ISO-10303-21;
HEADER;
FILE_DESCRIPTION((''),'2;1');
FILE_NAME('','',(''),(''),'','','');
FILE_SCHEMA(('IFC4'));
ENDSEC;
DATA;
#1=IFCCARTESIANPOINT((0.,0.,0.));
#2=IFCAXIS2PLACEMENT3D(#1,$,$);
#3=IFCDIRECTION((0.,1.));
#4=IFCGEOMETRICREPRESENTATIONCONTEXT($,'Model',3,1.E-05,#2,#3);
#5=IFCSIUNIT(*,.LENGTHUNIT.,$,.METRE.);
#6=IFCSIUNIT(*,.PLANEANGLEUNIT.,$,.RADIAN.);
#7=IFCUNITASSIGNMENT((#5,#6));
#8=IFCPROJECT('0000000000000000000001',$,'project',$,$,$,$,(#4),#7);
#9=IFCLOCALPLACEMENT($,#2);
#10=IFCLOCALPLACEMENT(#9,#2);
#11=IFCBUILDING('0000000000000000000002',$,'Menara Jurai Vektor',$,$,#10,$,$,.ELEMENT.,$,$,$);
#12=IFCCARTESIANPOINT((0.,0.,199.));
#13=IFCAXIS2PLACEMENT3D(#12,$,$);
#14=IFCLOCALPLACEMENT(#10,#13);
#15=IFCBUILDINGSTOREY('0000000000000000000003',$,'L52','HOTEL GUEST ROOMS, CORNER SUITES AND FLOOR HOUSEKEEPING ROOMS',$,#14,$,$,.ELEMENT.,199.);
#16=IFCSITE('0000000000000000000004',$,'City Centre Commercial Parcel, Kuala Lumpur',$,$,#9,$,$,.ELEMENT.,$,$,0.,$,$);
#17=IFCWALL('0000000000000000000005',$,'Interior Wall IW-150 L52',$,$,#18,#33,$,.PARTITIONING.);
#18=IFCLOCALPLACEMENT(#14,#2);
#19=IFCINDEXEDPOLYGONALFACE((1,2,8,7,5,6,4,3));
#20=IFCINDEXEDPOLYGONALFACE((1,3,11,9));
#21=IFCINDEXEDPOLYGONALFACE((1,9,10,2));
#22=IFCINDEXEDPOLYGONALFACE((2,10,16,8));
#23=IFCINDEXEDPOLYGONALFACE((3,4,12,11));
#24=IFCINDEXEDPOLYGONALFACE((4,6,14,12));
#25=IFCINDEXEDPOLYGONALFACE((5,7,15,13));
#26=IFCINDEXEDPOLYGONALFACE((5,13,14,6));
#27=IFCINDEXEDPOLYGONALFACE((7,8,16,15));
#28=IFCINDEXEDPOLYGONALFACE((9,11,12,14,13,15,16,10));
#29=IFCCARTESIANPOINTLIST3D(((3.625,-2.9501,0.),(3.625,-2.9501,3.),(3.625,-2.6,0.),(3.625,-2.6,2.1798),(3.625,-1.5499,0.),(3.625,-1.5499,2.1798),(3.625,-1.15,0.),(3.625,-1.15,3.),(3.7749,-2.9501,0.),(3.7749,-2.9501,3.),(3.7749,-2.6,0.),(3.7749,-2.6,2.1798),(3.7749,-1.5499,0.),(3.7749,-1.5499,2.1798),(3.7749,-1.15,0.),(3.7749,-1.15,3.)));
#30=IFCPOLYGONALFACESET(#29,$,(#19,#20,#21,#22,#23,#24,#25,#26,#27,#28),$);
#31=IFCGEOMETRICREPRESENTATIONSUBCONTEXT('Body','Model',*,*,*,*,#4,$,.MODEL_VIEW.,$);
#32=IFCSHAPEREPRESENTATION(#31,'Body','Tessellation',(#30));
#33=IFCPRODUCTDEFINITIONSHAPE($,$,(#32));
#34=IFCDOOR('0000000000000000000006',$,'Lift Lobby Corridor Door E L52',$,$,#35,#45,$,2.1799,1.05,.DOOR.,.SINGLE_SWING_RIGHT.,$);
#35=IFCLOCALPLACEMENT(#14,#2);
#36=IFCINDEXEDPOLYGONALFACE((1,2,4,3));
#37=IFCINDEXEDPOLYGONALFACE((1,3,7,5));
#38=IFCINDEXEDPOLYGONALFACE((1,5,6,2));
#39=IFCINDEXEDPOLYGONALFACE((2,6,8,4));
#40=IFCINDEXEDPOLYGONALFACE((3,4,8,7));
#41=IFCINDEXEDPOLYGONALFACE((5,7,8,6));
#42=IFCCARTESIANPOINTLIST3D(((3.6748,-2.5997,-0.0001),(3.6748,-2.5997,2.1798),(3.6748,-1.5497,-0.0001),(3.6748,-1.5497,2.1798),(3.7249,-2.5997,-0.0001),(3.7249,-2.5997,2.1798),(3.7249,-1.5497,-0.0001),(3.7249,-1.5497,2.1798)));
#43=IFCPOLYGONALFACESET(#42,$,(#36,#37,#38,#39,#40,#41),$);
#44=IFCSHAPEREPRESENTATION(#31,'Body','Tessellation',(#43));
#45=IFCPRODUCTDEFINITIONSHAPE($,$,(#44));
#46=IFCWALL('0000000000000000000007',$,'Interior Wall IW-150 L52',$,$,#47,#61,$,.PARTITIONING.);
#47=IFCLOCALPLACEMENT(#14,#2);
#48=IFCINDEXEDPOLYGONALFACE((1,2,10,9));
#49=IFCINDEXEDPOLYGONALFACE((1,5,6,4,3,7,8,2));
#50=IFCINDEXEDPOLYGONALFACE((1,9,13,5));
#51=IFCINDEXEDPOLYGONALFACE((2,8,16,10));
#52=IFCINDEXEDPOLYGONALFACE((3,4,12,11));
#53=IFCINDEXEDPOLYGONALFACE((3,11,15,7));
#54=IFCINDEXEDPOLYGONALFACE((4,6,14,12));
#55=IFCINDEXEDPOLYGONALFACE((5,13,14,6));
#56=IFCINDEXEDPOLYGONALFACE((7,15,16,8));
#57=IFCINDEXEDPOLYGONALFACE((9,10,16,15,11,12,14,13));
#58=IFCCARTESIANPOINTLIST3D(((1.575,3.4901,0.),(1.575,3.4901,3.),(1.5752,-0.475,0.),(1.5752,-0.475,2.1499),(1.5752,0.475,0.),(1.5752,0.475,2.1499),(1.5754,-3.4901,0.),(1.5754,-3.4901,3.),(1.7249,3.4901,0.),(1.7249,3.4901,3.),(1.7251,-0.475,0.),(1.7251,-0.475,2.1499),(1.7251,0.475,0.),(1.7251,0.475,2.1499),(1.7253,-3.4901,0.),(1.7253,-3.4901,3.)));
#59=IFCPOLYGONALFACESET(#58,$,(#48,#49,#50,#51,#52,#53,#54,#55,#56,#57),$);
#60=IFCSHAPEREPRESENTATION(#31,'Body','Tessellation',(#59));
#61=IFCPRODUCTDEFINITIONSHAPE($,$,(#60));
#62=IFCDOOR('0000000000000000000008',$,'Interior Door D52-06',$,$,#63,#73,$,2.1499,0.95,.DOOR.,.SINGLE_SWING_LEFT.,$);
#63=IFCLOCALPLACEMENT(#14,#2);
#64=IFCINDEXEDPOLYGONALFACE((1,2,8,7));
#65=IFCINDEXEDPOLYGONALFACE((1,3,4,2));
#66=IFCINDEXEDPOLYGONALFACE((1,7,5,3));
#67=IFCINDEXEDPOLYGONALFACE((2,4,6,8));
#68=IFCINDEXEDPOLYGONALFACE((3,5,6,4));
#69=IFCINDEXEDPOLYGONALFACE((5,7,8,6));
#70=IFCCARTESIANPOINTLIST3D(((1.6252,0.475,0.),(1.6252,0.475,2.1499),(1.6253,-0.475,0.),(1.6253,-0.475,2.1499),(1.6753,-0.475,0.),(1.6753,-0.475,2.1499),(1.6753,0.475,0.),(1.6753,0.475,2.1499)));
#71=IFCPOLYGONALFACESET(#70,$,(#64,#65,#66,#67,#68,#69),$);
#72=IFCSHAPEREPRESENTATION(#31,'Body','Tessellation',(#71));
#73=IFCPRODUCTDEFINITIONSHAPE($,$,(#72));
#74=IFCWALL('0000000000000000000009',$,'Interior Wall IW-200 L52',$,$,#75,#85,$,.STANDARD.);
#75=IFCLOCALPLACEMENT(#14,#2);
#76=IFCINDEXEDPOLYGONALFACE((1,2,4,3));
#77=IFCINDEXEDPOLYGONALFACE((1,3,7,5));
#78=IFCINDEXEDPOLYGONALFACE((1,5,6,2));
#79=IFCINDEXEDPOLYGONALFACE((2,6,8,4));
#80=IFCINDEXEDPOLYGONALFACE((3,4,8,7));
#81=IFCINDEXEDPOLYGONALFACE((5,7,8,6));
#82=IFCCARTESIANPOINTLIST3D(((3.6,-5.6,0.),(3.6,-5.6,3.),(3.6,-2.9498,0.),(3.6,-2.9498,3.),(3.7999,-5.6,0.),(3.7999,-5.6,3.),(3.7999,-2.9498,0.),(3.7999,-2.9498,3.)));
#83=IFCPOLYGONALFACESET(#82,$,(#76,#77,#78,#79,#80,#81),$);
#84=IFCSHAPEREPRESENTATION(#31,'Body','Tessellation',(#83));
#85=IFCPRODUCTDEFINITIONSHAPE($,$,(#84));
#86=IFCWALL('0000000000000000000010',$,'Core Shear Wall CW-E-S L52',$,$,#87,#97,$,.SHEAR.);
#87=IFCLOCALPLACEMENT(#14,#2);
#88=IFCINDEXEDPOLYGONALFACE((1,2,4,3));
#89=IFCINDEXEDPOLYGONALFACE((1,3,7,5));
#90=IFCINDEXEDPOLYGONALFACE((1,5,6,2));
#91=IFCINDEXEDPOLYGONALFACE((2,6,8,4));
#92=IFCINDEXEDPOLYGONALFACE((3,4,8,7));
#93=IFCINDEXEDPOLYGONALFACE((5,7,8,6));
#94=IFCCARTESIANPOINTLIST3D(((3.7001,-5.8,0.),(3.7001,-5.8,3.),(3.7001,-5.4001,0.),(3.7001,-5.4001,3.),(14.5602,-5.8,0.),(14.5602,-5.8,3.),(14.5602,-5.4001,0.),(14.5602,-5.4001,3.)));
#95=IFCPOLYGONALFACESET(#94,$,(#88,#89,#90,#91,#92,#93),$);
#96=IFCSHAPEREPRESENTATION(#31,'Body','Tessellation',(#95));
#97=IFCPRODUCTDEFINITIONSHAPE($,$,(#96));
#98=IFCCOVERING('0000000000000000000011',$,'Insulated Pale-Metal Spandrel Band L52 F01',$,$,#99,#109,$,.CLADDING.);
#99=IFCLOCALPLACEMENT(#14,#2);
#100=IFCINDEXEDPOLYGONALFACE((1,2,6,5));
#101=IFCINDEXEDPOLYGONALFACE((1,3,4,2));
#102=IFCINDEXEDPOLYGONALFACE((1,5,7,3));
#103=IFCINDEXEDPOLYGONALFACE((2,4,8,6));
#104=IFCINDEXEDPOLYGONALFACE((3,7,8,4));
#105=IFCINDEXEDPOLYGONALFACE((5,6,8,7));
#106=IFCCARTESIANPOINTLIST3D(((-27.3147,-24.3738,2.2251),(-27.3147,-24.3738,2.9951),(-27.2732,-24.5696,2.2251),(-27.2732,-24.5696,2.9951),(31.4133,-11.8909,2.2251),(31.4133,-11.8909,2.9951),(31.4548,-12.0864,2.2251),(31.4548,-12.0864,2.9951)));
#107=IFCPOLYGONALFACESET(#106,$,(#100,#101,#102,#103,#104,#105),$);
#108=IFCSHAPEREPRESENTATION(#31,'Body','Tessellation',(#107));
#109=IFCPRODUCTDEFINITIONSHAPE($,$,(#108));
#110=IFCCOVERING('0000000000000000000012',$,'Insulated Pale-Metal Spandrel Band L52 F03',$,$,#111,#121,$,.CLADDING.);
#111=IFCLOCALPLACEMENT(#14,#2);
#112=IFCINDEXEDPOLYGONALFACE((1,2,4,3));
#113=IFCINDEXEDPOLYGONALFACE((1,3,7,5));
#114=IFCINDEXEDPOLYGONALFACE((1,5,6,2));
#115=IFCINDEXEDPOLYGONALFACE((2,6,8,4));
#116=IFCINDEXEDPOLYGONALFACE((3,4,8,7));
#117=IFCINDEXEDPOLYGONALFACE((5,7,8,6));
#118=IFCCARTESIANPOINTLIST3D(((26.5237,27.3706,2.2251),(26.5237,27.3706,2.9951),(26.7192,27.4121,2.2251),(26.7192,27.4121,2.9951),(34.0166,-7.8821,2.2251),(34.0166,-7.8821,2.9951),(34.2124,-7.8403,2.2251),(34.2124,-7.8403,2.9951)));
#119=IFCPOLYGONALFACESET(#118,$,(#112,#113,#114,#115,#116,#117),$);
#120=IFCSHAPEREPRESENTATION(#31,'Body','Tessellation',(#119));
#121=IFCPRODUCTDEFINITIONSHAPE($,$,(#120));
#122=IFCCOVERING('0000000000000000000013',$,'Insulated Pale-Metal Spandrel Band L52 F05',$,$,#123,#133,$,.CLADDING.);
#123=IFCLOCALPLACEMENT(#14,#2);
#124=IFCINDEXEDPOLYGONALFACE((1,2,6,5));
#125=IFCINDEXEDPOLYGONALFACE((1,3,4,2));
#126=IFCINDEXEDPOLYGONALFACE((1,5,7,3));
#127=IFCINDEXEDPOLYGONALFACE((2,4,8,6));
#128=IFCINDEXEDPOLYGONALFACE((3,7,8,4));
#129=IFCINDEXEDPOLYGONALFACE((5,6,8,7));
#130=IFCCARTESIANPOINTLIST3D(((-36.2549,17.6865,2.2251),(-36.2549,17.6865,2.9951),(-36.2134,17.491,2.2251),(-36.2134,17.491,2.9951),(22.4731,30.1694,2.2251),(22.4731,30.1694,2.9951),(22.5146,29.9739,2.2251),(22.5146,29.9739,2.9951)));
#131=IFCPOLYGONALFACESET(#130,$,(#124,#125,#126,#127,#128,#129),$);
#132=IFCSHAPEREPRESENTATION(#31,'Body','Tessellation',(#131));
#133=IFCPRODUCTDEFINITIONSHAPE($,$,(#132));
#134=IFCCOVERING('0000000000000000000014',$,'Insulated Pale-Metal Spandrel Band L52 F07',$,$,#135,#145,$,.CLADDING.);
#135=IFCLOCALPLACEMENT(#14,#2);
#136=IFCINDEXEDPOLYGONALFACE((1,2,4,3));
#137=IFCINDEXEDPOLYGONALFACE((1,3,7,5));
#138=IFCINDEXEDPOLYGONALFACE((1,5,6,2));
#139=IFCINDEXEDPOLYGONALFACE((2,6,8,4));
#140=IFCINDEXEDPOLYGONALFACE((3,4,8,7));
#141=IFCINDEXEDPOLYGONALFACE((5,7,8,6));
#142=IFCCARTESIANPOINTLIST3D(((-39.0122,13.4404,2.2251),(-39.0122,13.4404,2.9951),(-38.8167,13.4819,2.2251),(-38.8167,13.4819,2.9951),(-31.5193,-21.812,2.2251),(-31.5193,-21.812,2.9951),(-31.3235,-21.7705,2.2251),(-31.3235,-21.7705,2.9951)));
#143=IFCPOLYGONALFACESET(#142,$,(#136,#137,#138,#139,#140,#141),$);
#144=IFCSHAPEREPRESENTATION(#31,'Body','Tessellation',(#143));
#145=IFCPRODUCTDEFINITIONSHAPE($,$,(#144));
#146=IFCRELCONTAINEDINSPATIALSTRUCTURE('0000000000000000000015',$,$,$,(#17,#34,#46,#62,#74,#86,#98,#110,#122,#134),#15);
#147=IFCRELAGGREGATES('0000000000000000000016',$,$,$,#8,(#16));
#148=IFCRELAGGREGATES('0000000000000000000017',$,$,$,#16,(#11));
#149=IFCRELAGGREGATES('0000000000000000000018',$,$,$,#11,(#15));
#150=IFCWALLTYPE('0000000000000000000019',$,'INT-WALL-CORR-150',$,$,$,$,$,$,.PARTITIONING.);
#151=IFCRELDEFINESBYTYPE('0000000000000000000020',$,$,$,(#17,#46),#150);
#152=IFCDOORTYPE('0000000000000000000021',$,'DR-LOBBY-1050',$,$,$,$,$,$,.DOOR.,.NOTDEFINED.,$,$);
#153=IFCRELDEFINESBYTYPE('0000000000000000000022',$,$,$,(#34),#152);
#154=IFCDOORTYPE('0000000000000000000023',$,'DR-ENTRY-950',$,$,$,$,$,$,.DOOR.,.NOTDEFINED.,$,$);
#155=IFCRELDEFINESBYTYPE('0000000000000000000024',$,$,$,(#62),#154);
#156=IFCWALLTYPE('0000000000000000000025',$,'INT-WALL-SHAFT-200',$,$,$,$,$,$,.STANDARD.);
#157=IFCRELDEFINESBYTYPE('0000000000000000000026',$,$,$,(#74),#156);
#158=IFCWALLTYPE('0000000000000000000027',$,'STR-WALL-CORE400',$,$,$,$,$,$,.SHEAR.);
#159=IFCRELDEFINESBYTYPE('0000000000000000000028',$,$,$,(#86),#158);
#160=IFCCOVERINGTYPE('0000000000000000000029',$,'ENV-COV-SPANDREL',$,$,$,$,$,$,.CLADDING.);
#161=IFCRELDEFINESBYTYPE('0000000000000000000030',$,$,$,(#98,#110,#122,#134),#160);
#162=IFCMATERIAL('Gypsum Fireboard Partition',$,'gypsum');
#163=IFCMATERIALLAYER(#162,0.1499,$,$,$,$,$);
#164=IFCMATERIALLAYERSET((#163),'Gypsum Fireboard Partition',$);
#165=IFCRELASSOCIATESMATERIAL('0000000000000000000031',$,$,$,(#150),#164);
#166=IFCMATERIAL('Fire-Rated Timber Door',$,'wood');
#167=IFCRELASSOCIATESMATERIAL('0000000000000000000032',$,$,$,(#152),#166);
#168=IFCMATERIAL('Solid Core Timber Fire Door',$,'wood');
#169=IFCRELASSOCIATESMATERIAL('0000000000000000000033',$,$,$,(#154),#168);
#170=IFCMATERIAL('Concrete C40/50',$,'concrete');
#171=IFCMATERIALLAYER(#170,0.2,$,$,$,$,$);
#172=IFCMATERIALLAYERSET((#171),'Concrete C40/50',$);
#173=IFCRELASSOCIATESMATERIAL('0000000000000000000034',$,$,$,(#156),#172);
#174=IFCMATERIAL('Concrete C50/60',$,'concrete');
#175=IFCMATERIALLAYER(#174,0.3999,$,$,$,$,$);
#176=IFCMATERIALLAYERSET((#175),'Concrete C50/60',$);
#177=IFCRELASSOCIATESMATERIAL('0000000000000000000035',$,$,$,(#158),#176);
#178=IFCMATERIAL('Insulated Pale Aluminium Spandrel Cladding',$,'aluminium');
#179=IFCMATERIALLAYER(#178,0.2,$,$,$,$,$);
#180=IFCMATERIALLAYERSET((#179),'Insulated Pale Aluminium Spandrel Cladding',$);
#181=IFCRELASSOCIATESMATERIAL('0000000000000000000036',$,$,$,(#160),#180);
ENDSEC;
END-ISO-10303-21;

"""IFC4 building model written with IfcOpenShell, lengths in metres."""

from ifc_helpers import new_model, si_unit, direction, frame, frame_2d, origin, place, context, subcontext, project, spatial, polyline, rectangle, outline, extrude, material, layer, layer_set, type_object, element, fill, save


model = new_model("IFC4")

# Units and contexts
model_context = context("Model", 3, precision=1e-05, world=origin(), true_north=direction((0.0, 1.0)))
body_context = subcontext(model_context, "Body", "Model", "MODEL_VIEW")
ifc_project = project(units=[si_unit("LENGTHUNIT", "METRE"), si_unit("PLANEANGLEUNIT", "RADIAN")], contexts=[model_context])

# Site, building, storey
site_placement = place(None, origin())
site = spatial("IfcSite", under=ifc_project, at=site_placement, Name="City Centre Commercial Parcel, Kuala Lumpur", CompositionType="ELEMENT", RefElevation=0.0)
building_placement = place(site_placement, origin())
building = spatial("IfcBuilding", under=site, at=building_placement, Name="Menara Jurai Vektor", CompositionType="ELEMENT")
storey_placement = place(building_placement, frame((0.0, 0.0, 199.0)))
storey = spatial("IfcBuildingStorey", under=building, at=storey_placement, Name="L52", Description="HOTEL GUEST ROOMS, CORNER SUITES AND FLOOR HOUSEKEEPING ROOMS", CompositionType="ELEMENT", Elevation=199.0)

# Shared definitions
ifc_material_1 = material(Name="Concrete C50/60", Category="concrete")

# Shared definitions
ifc_material_2 = material(Name="Concrete C40/50", Category="concrete")

# Walls, openings, doors
ifc_material_3 = material(Name="Gypsum Fireboard Partition", Category="gypsum")
ifc_layer_1 = layer(ifc_material_3, 0.1499)
ifc_layer_set_1 = layer_set([ifc_layer_1], Name="Gypsum Fireboard Partition")
wall_type_1 = type_object("IfcWallType", Name="INT-WALL-CORR-150", PredefinedType="PARTITIONING", material=ifc_layer_set_1)
wall_1_placement = place(storey_placement, frame((3.7, -2.95, 0.0), z_axis=(0.0, 0.0, 1.0), x_axis=(0.0, 1.0, 0.0)))
wall_1 = element("IfcWall", 1, at=wall_1_placement, inside=storey, type_object=wall_type_1, Name="Interior Wall IW-150 L52", PredefinedType="PARTITIONING", context=body_context, shape_type="SweptSolid", body=[
    extrude(rectangle(XDim=1.8, YDim=0.1499, at=frame_2d((0.8999, 0.0))), origin(), (0.0, 0.0, 1.0), 3.0),
])
opening_1_placement = place(wall_1_placement, frame((0.3501, 0.0, 0.0)))
opening_1 = element("IfcOpeningElement", 2, at=opening_1_placement, cuts=wall_1, PredefinedType="OPENING", context=body_context, shape_type="SweptSolid", body=[
    extrude(rectangle(XDim=1.05, YDim=2.1799, at=frame_2d((0.5249, 1.0898))), frame((0.0, 0.085, 0.0), z_axis=(0.0, -1.0, 0.0), x_axis=(1.0, 0.0, 0.0)), (0.0, 0.0, 1.0), 0.1699),
])
ifc_material_4 = material(Name="Fire-Rated Timber Door", Category="wood")
door_type_1 = type_object("IfcDoorType", Name="DR-LOBBY-1050", OperationType="NOTDEFINED", PredefinedType="DOOR", material=ifc_material_4)
door_1_placement = place(opening_1_placement, frame((1.05, 0.0, 0.0), z_axis=(0.0, 0.0, 1.0), x_axis=(-1.0, 0.0, 0.0)))
door_1 = element("IfcDoor", 3, at=door_1_placement, inside=storey, type_object=door_type_1, Name="Lift Lobby Corridor Door E L52", OperationType="SINGLE_SWING_RIGHT", OverallHeight=2.1799, OverallWidth=1.05, PredefinedType="DOOR", context=body_context, shape_type="SweptSolid", body=[
    extrude(rectangle(XDim=1.05, YDim=2.1799, at=frame_2d((0.5249, 1.0898))), frame((0.0, 0.0249, 0.0), z_axis=(0.0, -1.0, 0.0), x_axis=(1.0, 0.0, 0.0)), (0.0, 0.0, 1.0), 0.05),
])
fill(opening_1, door_1)
wall_2_placement = place(storey_placement, frame((1.6504, -3.4902, 0.0), z_axis=(0.0, 0.0, 1.0), x_axis=(-0.00007, 1.0, 0.0)))
wall_2 = element("IfcWall", 4, at=wall_2_placement, inside=storey, type_object=wall_type_1, Name="Interior Wall IW-150 L52", PredefinedType="PARTITIONING", context=body_context, shape_type="SweptSolid", body=[
    extrude(rectangle(XDim=6.9802, YDim=0.1499, at=frame_2d((3.4902, 0.0))), origin(), (0.0, 0.0, 1.0), 3.0),
])
opening_2_placement = place(wall_2_placement, frame((3.0151, 0.0, 0.0)))
opening_2 = element("IfcOpeningElement", 5, at=opening_2_placement, cuts=wall_2, PredefinedType="OPENING", context=body_context, shape_type="SweptSolid", body=[
    extrude(rectangle(XDim=0.95, YDim=2.1499, at=frame_2d((0.4751, 1.075))), frame((0.0, 0.085, 0.0), z_axis=(0.0, -1.0, 0.0), x_axis=(1.0, 0.0, 0.0)), (0.0, 0.0, 1.0), 0.1699),
])
ifc_material_5 = material(Name="Solid Core Timber Fire Door", Category="wood")
door_type_2 = type_object("IfcDoorType", Name="DR-ENTRY-950", OperationType="NOTDEFINED", PredefinedType="DOOR", material=ifc_material_5)
door_2_placement = place(opening_2_placement, origin())
door_2 = element("IfcDoor", 6, at=door_2_placement, inside=storey, type_object=door_type_2, Name="Interior Door D52-06", OperationType="SINGLE_SWING_LEFT", OverallHeight=2.1499, OverallWidth=0.95, PredefinedType="DOOR", context=body_context, shape_type="SweptSolid", body=[
    extrude(rectangle(XDim=0.95, YDim=2.1499, at=frame_2d((0.4751, 1.075))), frame((0.0, 0.0249, 0.0), z_axis=(0.0, -1.0, 0.0), x_axis=(1.0, 0.0, 0.0)), (0.0, 0.0, 1.0), 0.05),
])
fill(opening_2, door_2)

# Wall
ifc_layer_2 = layer(ifc_material_2, 0.2)
ifc_layer_set_2 = layer_set([ifc_layer_2], Name="Concrete C40/50")
wall_type_2 = type_object("IfcWallType", Name="INT-WALL-SHAFT-200", PredefinedType="STANDARD", material=ifc_layer_set_2)
wall_3_placement = place(storey_placement, frame((3.7, -5.6001, 0.0), z_axis=(0.0, 0.0, 1.0), x_axis=(0.0, 1.0, 0.0)))
element("IfcWall", 7, at=wall_3_placement, inside=storey, type_object=wall_type_2, Name="Interior Wall IW-200 L52", PredefinedType="STANDARD", context=body_context, shape_type="SweptSolid", body=[
    extrude(rectangle(XDim=2.6501, YDim=0.2, at=frame_2d((1.3252, 0.0))), origin(), (0.0, 0.0, 1.0), 3.0),
])

# Wall
ifc_layer_3 = layer(ifc_material_1, 0.3999)
ifc_layer_set_3 = layer_set([ifc_layer_3], Name="Concrete C50/60")
wall_type_3 = type_object("IfcWallType", Name="STR-WALL-CORE400", PredefinedType="SHEAR", material=ifc_layer_set_3)
wall_4_placement = place(storey_placement, frame((3.7, -5.6001, 0.0), z_axis=(0.0, 0.0, 1.0), x_axis=(1.0, 0.0, 0.0)))
element("IfcWall", 8, at=wall_4_placement, inside=storey, type_object=wall_type_3, Name="Core Shear Wall CW-E-S L52", PredefinedType="SHEAR", context=body_context, shape_type="SweptSolid", body=[
    extrude(rectangle(XDim=10.8601, YDim=0.3999, at=frame_2d((5.4302, 0.0))), origin(), (0.0, 0.0, 1.0), 3.0),
])

# Coverings
ifc_material_6 = material(Name="Insulated Pale Aluminium Spandrel Cladding", Category="aluminium")
ifc_layer_4 = layer(ifc_material_6, 0.2)
ifc_layer_set_4 = layer_set([ifc_layer_4], Name="Insulated Pale Aluminium Spandrel Cladding")
covering_type = type_object("IfcCoveringType", Name="ENV-COV-SPANDREL", PredefinedType="CLADDING", material=ifc_layer_set_4)
covering_1_placement = place(storey_placement, frame((0.0, 0.0, 2.2251)))
element("IfcCovering", 9, at=covering_1_placement, inside=storey, type_object=covering_type, Name="Insulated Pale-Metal Spandrel Band L52 F01", PredefinedType="CLADDING", context=body_context, shape_type="SweptSolid", body=[
    extrude(outline(polyline([(-27.3147, -24.3738), (-27.2732, -24.5696), (31.4548, -12.0864), (31.4133, -11.8909), (-27.3147, -24.3738)])), origin(), (0.0, 0.0, 1.0), 0.77),
])
covering_2_placement = place(storey_placement, frame((0.0, 0.0, 2.2251)))
element("IfcCovering", 10, at=covering_2_placement, inside=storey, type_object=covering_type, Name="Insulated Pale-Metal Spandrel Band L52 F03", PredefinedType="CLADDING", context=body_context, shape_type="SweptSolid", body=[
    extrude(outline(polyline([(34.0166, -7.8821), (34.2124, -7.8403), (26.7192, 27.4121), (26.5237, 27.3706), (34.0166, -7.8821)])), origin(), (0.0, 0.0, 1.0), 0.77),
])
covering_3_placement = place(storey_placement, frame((0.0, 0.0, 2.2251)))
element("IfcCovering", 11, at=covering_3_placement, inside=storey, type_object=covering_type, Name="Insulated Pale-Metal Spandrel Band L52 F05", PredefinedType="CLADDING", context=body_context, shape_type="SweptSolid", body=[
    extrude(outline(polyline([(22.5146, 29.9739), (22.4731, 30.1694), (-36.2549, 17.6865), (-36.2134, 17.491), (22.5146, 29.9739)])), origin(), (0.0, 0.0, 1.0), 0.77),
])
covering_4_placement = place(storey_placement, frame((0.0, 0.0, 2.2251)))
element("IfcCovering", 12, at=covering_4_placement, inside=storey, type_object=covering_type, Name="Insulated Pale-Metal Spandrel Band L52 F07", PredefinedType="CLADDING", context=body_context, shape_type="SweptSolid", body=[
    extrude(outline(polyline([(-38.8167, 13.4819), (-39.0122, 13.4404), (-31.5193, -21.812), (-31.3235, -21.7705), (-38.8167, 13.4819)])), origin(), (0.0, 0.0, 1.0), 0.77),
])

save(model, "model.ifc")
